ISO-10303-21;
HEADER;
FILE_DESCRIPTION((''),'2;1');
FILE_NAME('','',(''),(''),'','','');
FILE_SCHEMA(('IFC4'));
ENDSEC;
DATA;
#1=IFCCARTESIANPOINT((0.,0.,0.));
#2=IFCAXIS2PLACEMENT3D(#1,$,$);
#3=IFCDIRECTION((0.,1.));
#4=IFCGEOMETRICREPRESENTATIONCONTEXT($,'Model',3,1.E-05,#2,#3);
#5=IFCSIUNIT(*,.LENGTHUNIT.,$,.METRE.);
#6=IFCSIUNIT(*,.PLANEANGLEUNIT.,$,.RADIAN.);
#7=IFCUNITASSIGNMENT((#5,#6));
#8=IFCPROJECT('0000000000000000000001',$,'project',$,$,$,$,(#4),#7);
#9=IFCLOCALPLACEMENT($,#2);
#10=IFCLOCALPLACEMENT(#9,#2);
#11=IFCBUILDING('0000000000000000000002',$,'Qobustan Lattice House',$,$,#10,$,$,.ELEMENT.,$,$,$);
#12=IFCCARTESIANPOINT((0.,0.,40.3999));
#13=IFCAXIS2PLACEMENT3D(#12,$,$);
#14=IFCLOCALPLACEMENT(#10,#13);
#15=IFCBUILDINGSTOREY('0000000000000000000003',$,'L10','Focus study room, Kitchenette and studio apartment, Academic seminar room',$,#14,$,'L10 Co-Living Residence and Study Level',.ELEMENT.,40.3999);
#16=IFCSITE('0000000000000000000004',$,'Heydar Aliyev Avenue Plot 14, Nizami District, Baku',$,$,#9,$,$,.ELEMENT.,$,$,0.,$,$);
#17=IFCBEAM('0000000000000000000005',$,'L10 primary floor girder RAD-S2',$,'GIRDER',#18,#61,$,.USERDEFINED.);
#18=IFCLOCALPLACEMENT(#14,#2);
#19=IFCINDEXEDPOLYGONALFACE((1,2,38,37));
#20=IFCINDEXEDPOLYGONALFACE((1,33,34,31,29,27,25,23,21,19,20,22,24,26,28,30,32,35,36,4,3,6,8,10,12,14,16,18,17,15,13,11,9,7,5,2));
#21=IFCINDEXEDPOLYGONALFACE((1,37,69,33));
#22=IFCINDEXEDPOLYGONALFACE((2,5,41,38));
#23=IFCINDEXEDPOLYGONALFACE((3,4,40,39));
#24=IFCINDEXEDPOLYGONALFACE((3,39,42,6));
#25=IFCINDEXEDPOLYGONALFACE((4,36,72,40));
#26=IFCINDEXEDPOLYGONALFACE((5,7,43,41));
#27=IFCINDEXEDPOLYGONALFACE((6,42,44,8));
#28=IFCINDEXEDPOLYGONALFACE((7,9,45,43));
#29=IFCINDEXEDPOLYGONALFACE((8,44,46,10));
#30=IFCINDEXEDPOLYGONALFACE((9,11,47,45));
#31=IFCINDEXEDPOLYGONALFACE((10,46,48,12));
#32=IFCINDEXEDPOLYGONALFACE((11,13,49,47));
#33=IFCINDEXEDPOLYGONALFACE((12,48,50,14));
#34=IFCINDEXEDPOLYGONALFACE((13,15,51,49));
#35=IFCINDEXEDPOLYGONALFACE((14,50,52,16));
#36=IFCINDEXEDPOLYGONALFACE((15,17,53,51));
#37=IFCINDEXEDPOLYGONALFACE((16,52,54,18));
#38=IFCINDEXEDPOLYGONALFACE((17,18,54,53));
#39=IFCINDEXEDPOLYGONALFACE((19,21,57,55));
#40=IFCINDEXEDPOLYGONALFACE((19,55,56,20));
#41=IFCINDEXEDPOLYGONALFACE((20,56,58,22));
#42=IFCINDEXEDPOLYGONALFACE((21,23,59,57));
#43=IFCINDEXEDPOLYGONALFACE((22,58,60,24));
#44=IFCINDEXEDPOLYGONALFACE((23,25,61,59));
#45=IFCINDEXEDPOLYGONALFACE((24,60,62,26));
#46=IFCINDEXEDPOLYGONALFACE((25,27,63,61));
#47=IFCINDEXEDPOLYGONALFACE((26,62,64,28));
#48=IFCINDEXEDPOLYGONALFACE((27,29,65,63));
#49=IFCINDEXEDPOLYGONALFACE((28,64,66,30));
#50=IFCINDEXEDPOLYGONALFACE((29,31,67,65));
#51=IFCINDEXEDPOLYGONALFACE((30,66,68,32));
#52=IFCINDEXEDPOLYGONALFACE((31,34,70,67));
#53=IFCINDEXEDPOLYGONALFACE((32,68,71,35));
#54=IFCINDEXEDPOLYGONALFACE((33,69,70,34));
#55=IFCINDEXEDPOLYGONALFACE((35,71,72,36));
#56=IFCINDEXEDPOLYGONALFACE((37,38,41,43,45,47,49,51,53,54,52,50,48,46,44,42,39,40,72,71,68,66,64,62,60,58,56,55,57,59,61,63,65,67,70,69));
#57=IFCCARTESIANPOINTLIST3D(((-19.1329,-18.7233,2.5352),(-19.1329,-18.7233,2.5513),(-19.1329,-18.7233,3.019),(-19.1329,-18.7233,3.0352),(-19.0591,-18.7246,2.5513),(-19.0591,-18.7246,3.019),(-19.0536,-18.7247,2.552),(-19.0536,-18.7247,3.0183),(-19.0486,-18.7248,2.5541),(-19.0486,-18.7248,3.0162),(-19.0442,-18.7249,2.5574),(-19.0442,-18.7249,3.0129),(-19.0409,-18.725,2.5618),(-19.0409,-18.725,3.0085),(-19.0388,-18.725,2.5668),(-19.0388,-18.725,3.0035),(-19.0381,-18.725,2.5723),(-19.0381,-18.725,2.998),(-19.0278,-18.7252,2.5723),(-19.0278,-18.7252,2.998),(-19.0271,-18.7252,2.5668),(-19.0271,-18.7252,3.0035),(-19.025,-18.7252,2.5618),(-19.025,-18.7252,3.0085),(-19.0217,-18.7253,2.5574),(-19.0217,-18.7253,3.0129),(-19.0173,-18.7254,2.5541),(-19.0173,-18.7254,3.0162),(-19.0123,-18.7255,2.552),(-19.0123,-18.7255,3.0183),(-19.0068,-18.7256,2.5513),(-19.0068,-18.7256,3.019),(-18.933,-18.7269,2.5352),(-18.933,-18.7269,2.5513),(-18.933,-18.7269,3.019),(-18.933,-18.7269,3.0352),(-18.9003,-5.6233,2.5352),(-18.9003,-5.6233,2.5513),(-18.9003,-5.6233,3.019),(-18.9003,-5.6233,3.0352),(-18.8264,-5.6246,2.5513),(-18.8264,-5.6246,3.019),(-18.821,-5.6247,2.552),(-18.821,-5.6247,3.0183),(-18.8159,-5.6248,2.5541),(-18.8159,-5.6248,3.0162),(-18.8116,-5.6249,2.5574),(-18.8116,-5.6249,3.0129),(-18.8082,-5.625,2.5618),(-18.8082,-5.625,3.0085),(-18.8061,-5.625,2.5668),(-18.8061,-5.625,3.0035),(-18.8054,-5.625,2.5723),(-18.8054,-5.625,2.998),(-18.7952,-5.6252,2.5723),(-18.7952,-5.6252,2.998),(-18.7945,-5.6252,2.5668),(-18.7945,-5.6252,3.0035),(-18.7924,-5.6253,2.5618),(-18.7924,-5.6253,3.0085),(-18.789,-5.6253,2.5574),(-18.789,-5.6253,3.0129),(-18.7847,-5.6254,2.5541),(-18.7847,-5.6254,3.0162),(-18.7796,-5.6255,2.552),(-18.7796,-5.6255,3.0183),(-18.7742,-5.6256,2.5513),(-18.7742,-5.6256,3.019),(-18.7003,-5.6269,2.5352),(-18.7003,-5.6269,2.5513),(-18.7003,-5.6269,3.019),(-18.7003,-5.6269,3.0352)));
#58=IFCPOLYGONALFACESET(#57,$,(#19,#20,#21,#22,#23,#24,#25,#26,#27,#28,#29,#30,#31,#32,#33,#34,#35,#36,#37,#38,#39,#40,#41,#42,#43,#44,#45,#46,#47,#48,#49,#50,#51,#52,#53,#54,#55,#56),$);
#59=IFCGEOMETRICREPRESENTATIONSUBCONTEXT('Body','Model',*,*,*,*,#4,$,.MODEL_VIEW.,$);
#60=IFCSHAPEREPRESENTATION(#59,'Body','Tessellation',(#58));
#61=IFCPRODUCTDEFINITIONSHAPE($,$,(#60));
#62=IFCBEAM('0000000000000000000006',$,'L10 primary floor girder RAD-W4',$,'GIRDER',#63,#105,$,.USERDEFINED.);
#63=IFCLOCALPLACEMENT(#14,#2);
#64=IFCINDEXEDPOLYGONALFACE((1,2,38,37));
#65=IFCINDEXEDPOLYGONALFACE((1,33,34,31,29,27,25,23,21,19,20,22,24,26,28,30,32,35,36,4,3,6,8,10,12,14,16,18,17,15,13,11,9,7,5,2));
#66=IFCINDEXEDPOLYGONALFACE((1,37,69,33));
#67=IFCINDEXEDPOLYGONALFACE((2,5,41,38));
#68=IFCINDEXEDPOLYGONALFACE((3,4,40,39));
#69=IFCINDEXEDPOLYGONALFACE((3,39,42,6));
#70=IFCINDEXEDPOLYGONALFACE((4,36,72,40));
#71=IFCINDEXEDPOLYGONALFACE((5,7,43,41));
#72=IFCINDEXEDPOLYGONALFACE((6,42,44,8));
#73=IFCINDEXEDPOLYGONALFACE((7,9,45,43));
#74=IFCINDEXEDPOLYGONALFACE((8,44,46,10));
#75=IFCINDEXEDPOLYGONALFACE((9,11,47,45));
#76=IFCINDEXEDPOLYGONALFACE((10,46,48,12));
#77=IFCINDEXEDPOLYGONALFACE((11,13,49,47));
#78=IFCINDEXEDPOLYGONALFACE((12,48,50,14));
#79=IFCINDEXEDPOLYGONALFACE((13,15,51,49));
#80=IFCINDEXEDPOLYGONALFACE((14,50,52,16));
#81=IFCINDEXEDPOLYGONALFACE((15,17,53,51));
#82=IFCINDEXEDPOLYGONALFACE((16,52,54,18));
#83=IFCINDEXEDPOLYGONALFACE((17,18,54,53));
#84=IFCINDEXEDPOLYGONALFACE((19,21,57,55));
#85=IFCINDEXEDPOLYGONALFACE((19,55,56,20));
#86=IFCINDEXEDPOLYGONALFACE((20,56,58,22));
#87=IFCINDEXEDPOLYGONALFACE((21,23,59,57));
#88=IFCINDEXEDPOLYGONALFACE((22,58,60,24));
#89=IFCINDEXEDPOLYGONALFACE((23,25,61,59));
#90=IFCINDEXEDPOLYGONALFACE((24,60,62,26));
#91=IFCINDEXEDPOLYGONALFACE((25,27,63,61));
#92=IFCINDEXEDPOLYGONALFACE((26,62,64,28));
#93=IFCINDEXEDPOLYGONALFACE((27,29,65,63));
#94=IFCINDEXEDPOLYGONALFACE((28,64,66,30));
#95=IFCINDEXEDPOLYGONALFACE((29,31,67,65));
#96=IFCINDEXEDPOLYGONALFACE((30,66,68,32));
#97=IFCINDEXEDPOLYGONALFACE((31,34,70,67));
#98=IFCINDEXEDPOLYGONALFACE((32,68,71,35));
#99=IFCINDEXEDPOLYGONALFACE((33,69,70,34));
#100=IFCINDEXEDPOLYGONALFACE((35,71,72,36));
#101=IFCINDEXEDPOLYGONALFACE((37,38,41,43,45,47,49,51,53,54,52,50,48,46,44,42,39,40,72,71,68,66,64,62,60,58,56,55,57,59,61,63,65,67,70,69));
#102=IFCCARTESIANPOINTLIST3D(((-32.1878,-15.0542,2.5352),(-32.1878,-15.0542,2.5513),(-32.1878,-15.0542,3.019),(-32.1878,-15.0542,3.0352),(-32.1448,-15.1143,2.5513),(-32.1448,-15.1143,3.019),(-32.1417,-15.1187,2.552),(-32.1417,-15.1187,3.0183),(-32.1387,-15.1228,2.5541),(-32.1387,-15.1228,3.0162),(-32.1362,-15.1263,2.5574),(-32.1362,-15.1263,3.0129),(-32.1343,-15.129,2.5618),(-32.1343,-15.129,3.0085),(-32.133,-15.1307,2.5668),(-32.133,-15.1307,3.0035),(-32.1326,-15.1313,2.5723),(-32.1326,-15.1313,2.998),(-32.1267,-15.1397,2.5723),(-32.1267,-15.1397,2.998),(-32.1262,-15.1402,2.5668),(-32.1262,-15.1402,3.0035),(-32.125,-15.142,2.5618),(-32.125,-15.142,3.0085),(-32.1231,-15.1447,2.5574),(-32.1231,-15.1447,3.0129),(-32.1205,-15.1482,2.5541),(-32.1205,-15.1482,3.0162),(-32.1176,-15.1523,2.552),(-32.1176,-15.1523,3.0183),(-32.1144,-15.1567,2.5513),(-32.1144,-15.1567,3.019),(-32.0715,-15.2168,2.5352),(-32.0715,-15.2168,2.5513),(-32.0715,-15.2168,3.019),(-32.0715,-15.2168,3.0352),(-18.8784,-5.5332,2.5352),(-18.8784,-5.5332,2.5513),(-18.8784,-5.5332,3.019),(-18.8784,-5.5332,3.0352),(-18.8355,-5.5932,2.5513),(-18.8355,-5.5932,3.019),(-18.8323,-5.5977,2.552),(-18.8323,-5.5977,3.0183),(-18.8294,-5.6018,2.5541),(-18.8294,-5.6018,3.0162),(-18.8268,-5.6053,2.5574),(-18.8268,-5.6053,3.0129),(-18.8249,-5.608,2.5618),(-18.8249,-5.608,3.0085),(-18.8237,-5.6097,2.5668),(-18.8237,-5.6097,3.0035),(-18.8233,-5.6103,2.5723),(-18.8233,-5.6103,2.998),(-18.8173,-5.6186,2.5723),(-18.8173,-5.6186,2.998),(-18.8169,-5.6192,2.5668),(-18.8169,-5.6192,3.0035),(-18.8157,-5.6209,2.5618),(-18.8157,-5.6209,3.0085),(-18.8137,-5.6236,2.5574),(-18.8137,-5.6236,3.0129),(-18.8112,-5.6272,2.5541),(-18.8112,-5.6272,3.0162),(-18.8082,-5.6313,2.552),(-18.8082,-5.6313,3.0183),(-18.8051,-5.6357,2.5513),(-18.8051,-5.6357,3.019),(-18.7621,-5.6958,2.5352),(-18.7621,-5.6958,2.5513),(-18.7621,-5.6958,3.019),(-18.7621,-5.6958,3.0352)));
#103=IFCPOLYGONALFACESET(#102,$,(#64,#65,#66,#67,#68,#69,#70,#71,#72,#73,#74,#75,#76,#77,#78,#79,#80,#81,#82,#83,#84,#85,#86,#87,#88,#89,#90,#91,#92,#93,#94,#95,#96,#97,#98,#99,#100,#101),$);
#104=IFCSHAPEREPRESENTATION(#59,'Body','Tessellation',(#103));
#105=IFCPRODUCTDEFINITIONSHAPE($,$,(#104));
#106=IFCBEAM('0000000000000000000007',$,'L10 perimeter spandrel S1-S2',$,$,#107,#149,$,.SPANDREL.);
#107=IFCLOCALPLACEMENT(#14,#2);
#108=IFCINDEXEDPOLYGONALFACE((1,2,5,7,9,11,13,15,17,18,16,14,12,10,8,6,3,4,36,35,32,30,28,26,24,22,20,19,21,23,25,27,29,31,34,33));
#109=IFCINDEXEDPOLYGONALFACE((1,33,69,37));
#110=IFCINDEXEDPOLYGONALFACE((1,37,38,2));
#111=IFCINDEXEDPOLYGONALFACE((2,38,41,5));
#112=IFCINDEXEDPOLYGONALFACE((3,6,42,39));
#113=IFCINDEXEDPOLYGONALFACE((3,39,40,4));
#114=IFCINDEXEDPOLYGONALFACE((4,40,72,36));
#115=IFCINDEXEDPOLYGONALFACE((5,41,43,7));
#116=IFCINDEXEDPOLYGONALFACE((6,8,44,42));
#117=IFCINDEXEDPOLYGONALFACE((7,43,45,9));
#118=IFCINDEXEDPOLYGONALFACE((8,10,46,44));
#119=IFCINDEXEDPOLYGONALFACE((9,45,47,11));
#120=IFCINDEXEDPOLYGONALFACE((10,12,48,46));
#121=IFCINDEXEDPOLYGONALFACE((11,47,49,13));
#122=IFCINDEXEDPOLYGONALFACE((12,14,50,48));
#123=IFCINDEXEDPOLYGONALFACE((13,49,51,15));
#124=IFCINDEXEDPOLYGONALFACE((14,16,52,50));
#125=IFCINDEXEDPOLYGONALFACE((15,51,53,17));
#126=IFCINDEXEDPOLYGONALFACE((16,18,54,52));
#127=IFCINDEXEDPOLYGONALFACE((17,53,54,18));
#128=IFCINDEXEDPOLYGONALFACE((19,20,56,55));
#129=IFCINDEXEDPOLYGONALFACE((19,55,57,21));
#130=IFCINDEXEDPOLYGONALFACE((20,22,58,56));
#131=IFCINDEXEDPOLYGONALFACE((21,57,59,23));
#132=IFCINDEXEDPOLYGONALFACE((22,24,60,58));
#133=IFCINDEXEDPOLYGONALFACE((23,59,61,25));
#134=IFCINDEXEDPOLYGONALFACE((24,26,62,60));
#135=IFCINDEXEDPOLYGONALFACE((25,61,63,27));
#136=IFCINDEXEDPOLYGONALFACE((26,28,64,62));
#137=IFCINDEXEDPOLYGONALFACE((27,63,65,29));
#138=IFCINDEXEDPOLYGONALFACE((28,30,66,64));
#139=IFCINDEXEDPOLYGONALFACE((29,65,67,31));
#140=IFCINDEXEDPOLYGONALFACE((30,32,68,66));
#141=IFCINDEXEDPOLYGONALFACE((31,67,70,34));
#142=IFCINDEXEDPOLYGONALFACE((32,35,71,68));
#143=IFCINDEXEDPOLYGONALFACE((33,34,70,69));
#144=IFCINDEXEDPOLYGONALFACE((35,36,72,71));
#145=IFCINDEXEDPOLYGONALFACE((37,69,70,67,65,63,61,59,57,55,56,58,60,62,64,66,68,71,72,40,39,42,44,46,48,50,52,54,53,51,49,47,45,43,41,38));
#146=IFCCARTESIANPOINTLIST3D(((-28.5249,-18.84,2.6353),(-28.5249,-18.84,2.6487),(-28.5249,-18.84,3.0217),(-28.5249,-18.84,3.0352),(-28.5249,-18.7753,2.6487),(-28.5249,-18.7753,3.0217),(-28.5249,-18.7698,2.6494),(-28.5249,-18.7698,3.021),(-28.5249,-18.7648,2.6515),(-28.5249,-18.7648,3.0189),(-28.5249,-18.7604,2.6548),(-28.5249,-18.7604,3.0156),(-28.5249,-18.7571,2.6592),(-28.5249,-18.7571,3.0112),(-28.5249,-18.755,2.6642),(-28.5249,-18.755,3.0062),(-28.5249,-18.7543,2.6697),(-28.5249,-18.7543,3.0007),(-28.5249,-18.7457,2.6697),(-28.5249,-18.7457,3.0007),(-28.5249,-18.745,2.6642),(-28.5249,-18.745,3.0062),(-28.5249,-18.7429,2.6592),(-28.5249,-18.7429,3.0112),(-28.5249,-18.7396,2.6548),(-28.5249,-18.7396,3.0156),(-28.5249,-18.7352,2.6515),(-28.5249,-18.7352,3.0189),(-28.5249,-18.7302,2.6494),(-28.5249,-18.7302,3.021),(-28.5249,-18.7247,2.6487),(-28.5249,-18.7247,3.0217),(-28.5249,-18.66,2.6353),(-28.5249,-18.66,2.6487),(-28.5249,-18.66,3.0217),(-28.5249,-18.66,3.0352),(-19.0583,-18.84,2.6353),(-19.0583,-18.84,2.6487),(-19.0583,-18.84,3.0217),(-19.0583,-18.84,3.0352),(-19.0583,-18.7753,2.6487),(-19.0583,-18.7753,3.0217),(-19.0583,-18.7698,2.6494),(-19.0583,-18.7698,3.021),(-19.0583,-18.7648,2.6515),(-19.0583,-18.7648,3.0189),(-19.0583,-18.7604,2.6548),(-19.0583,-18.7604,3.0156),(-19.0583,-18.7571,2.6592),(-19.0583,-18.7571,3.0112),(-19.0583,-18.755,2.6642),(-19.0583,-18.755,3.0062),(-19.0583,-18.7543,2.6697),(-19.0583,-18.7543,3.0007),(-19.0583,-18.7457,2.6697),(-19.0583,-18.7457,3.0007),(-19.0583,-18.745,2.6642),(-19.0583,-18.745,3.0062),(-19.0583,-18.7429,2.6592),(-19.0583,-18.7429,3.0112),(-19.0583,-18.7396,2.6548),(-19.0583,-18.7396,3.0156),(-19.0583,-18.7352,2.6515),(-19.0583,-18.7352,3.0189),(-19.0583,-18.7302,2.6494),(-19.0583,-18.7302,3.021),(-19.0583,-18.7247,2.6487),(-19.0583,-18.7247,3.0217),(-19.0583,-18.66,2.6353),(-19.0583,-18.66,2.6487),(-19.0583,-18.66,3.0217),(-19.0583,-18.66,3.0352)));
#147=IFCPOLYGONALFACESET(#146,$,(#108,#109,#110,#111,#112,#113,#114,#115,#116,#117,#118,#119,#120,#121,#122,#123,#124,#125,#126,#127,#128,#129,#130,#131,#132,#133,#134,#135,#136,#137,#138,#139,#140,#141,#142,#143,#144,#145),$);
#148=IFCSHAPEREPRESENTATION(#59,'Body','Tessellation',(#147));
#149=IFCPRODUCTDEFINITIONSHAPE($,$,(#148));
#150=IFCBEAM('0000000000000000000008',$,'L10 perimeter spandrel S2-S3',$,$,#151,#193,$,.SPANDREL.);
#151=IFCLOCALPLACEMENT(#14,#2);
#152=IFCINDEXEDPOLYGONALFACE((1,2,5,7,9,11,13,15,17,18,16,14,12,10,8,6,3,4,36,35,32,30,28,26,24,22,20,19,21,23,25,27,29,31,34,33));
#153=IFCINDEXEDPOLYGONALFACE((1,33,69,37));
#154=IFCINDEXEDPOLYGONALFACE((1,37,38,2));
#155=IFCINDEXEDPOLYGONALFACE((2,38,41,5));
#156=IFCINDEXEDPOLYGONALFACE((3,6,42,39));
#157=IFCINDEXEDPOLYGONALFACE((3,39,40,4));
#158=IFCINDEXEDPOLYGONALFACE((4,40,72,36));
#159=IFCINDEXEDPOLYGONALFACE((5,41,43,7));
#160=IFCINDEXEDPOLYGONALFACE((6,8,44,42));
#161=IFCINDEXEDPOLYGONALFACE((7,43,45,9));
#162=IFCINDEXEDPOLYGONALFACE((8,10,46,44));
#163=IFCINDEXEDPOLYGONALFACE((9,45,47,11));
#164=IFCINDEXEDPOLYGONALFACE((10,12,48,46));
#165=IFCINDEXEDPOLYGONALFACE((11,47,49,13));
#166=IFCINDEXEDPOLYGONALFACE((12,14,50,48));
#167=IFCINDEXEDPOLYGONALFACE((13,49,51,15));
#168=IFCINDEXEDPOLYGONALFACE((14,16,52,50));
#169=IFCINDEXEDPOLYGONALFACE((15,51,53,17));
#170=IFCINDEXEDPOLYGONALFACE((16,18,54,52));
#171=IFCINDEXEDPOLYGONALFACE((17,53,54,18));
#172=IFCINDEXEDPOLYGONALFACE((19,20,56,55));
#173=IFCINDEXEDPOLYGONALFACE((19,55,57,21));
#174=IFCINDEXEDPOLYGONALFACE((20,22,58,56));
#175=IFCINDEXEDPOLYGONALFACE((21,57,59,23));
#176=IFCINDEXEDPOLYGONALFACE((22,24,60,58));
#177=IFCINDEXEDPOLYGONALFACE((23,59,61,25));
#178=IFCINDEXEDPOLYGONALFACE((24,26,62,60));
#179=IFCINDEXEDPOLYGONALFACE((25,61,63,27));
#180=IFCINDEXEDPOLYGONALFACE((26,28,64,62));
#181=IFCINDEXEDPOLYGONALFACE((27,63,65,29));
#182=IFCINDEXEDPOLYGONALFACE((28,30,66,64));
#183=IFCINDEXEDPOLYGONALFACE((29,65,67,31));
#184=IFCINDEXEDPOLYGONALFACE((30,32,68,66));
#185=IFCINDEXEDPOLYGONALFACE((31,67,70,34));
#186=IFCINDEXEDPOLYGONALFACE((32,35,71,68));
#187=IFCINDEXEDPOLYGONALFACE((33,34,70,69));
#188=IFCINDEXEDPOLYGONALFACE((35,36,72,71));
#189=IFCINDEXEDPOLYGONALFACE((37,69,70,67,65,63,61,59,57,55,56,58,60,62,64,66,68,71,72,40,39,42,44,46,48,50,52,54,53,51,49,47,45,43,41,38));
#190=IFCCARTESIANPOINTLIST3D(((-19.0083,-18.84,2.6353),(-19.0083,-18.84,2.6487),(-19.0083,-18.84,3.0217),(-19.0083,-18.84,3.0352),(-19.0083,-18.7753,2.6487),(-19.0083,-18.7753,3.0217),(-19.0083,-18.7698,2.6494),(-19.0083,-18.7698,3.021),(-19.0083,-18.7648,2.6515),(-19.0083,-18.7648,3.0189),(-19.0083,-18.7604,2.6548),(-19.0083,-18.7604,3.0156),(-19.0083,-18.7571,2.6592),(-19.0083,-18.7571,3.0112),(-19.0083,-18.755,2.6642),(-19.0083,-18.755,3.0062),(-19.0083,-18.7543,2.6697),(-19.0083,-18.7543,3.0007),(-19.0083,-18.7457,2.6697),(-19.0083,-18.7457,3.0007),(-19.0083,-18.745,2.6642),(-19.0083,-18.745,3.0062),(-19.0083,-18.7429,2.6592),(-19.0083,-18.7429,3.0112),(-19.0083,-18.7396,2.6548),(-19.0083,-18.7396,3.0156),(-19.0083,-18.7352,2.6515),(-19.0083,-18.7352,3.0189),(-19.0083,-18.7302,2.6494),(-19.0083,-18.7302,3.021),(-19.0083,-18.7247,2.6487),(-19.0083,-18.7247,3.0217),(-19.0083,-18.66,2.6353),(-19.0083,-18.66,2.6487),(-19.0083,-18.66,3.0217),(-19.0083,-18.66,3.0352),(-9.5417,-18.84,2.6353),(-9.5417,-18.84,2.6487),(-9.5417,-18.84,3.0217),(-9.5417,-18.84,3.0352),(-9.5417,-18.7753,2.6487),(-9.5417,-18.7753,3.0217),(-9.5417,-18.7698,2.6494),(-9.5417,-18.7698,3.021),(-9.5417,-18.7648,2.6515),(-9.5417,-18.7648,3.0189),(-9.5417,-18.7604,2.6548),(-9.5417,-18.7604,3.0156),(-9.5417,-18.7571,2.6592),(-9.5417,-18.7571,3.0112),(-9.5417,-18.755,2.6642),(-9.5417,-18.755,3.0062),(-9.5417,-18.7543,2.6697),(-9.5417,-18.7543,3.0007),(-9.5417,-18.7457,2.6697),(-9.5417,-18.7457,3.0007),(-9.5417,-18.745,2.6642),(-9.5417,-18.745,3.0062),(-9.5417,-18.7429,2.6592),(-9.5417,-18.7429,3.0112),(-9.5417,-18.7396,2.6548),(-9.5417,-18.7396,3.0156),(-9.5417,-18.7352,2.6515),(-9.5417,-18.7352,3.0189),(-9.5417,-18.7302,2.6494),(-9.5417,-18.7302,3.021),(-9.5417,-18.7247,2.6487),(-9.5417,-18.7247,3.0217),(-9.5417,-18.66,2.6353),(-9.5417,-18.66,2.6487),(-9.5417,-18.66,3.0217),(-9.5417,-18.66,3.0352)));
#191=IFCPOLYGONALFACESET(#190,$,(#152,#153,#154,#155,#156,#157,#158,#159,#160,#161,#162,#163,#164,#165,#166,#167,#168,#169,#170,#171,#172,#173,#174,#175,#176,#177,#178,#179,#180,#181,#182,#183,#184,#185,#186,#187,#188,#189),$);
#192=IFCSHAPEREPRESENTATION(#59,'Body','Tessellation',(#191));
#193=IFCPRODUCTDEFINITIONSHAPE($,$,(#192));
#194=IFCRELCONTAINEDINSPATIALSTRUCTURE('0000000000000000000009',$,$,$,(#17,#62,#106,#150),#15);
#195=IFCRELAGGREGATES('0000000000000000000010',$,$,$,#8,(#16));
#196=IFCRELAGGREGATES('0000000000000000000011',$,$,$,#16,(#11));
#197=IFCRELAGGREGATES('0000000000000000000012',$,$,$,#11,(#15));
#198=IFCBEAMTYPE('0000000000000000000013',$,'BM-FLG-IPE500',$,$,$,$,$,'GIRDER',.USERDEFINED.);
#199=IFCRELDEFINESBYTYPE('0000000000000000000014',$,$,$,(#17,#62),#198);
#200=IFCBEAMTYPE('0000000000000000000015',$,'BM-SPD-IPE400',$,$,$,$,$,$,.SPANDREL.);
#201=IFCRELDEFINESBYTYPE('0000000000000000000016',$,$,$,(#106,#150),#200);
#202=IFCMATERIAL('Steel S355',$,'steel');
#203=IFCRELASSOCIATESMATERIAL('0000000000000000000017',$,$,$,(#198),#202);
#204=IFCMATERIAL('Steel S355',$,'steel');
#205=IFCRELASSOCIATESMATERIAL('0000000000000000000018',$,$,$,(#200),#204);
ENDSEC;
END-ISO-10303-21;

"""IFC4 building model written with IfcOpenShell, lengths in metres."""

from ifc_helpers import new_model, si_unit, direction, frame, origin, origin_2d, place, context, subcontext, project, spatial, i_section, extrude, material, material_profile, profile_set, type_object, element, save


model = new_model("IFC4")

# Units and contexts
model_context = context("Model", 3, precision=1e-05, world=origin(), true_north=direction((0.0, 1.0)))
body_context = subcontext(model_context, "Body", "Model", "MODEL_VIEW")
ifc_project = project(units=[si_unit("LENGTHUNIT", "METRE"), si_unit("PLANEANGLEUNIT", "RADIAN")], contexts=[model_context])

# Site, building, storey
site_placement = place(None, origin())
site = spatial("IfcSite", under=ifc_project, at=site_placement, Name="Heydar Aliyev Avenue Plot 14, Nizami District, Baku", CompositionType="ELEMENT", RefElevation=0.0)
building_placement = place(site_placement, origin())
building = spatial("IfcBuilding", under=site, at=building_placement, Name="Qobustan Lattice House", CompositionType="ELEMENT")
storey_placement = place(building_placement, frame((0.0, 0.0, 40.3999)))
storey = spatial("IfcBuildingStorey", under=building, at=storey_placement, Name="L10", Description="Focus study room, Kitchenette and studio apartment, Academic seminar room", LongName="L10 Co-Living Residence and Study Level", CompositionType="ELEMENT", Elevation=40.3999)

# Beams
ifc_material_1 = material(Name="Steel S355", Category="steel")
ifc_material_profile_1 = material_profile(ifc_material_1, i_section(OverallWidth=0.2, OverallDepth=0.5, WebThickness=0.0103, FlangeThickness=0.0161, FilletRadius=0.021, at=origin_2d()), Name="IPE500")
ifc_profile_set_1 = profile_set([ifc_material_profile_1], Name="Steel S355")
beam_type_1 = type_object("IfcBeamType", Name="BM-FLG-IPE500", ElementType="GIRDER", PredefinedType="USERDEFINED", material=ifc_profile_set_1)
beam_1_placement = place(storey_placement, frame((-19.033, -18.7251, 2.7852), z_axis=(0.017758, 0.999842, 0.0), x_axis=(-0.999842, 0.017758, 0.0)))
element("IfcBeam", 1, at=beam_1_placement, inside=storey, type_object=beam_type_1, Name="L10 primary floor girder RAD-S2", ObjectType="GIRDER", PredefinedType="USERDEFINED", context=body_context, shape_type="SweptSolid", body=[
    extrude(i_section(OverallWidth=0.2, OverallDepth=0.5, WebThickness=0.0103, FlangeThickness=0.0161, FilletRadius=0.021, at=origin_2d()), origin(), (0.0, 0.0, 1.0), 13.1021),
])
beam_2_placement = place(storey_placement, frame((-32.1296, -15.1355, 2.7852), z_axis=(0.813319, 0.581818, 0.0), x_axis=(-0.581818, 0.813319, 0.0)))
element("IfcBeam", 2, at=beam_2_placement, inside=storey, type_object=beam_type_1, Name="L10 primary floor girder RAD-W4", ObjectType="GIRDER", PredefinedType="USERDEFINED", context=body_context, shape_type="SweptSolid", body=[
    extrude(i_section(OverallWidth=0.2, OverallDepth=0.5, WebThickness=0.0103, FlangeThickness=0.0161, FilletRadius=0.021, at=origin_2d()), origin(), (0.0, 0.0, 1.0), 16.3643),
])
ifc_material_2 = material(Name="Steel S355", Category="steel")
ifc_material_profile_2 = material_profile(ifc_material_2, i_section(OverallWidth=0.1799, OverallDepth=0.3999, WebThickness=0.0085, FlangeThickness=0.0134, FilletRadius=0.021, at=origin_2d()), Name="IPE400")
ifc_profile_set_2 = profile_set([ifc_material_profile_2], Name="Steel S355")
beam_type_2 = type_object("IfcBeamType", Name="BM-SPD-IPE400", PredefinedType="SPANDREL", material=ifc_profile_set_2)
for number, where, z_axis, x_axis, name in (
    (3, (-28.5249, -18.75, 2.8352), (1.0, 0.0, 0.0), (0.0, 1.0, 0.0), "L10 perimeter spandrel S1-S2"),
    (4, (-19.0083, -18.75, 2.8352), (1.0, 0.0, 0.0), (0.0, 1.0, 0.0), "L10 perimeter spandrel S2-S3"),
):
    element("IfcBeam", number, at=place(storey_placement, frame(where, z_axis=z_axis, x_axis=x_axis)), inside=storey, type_object=beam_type_2, Name=name, PredefinedType="SPANDREL", context=body_context, shape_type="SweptSolid", body=[
        extrude(i_section(OverallWidth=0.1799, OverallDepth=0.3999, WebThickness=0.0085, FlangeThickness=0.0134, FilletRadius=0.021, at=origin_2d()), origin(), (0.0, 0.0, 1.0), 9.4666),
    ])

save(model, "model.ifc")
